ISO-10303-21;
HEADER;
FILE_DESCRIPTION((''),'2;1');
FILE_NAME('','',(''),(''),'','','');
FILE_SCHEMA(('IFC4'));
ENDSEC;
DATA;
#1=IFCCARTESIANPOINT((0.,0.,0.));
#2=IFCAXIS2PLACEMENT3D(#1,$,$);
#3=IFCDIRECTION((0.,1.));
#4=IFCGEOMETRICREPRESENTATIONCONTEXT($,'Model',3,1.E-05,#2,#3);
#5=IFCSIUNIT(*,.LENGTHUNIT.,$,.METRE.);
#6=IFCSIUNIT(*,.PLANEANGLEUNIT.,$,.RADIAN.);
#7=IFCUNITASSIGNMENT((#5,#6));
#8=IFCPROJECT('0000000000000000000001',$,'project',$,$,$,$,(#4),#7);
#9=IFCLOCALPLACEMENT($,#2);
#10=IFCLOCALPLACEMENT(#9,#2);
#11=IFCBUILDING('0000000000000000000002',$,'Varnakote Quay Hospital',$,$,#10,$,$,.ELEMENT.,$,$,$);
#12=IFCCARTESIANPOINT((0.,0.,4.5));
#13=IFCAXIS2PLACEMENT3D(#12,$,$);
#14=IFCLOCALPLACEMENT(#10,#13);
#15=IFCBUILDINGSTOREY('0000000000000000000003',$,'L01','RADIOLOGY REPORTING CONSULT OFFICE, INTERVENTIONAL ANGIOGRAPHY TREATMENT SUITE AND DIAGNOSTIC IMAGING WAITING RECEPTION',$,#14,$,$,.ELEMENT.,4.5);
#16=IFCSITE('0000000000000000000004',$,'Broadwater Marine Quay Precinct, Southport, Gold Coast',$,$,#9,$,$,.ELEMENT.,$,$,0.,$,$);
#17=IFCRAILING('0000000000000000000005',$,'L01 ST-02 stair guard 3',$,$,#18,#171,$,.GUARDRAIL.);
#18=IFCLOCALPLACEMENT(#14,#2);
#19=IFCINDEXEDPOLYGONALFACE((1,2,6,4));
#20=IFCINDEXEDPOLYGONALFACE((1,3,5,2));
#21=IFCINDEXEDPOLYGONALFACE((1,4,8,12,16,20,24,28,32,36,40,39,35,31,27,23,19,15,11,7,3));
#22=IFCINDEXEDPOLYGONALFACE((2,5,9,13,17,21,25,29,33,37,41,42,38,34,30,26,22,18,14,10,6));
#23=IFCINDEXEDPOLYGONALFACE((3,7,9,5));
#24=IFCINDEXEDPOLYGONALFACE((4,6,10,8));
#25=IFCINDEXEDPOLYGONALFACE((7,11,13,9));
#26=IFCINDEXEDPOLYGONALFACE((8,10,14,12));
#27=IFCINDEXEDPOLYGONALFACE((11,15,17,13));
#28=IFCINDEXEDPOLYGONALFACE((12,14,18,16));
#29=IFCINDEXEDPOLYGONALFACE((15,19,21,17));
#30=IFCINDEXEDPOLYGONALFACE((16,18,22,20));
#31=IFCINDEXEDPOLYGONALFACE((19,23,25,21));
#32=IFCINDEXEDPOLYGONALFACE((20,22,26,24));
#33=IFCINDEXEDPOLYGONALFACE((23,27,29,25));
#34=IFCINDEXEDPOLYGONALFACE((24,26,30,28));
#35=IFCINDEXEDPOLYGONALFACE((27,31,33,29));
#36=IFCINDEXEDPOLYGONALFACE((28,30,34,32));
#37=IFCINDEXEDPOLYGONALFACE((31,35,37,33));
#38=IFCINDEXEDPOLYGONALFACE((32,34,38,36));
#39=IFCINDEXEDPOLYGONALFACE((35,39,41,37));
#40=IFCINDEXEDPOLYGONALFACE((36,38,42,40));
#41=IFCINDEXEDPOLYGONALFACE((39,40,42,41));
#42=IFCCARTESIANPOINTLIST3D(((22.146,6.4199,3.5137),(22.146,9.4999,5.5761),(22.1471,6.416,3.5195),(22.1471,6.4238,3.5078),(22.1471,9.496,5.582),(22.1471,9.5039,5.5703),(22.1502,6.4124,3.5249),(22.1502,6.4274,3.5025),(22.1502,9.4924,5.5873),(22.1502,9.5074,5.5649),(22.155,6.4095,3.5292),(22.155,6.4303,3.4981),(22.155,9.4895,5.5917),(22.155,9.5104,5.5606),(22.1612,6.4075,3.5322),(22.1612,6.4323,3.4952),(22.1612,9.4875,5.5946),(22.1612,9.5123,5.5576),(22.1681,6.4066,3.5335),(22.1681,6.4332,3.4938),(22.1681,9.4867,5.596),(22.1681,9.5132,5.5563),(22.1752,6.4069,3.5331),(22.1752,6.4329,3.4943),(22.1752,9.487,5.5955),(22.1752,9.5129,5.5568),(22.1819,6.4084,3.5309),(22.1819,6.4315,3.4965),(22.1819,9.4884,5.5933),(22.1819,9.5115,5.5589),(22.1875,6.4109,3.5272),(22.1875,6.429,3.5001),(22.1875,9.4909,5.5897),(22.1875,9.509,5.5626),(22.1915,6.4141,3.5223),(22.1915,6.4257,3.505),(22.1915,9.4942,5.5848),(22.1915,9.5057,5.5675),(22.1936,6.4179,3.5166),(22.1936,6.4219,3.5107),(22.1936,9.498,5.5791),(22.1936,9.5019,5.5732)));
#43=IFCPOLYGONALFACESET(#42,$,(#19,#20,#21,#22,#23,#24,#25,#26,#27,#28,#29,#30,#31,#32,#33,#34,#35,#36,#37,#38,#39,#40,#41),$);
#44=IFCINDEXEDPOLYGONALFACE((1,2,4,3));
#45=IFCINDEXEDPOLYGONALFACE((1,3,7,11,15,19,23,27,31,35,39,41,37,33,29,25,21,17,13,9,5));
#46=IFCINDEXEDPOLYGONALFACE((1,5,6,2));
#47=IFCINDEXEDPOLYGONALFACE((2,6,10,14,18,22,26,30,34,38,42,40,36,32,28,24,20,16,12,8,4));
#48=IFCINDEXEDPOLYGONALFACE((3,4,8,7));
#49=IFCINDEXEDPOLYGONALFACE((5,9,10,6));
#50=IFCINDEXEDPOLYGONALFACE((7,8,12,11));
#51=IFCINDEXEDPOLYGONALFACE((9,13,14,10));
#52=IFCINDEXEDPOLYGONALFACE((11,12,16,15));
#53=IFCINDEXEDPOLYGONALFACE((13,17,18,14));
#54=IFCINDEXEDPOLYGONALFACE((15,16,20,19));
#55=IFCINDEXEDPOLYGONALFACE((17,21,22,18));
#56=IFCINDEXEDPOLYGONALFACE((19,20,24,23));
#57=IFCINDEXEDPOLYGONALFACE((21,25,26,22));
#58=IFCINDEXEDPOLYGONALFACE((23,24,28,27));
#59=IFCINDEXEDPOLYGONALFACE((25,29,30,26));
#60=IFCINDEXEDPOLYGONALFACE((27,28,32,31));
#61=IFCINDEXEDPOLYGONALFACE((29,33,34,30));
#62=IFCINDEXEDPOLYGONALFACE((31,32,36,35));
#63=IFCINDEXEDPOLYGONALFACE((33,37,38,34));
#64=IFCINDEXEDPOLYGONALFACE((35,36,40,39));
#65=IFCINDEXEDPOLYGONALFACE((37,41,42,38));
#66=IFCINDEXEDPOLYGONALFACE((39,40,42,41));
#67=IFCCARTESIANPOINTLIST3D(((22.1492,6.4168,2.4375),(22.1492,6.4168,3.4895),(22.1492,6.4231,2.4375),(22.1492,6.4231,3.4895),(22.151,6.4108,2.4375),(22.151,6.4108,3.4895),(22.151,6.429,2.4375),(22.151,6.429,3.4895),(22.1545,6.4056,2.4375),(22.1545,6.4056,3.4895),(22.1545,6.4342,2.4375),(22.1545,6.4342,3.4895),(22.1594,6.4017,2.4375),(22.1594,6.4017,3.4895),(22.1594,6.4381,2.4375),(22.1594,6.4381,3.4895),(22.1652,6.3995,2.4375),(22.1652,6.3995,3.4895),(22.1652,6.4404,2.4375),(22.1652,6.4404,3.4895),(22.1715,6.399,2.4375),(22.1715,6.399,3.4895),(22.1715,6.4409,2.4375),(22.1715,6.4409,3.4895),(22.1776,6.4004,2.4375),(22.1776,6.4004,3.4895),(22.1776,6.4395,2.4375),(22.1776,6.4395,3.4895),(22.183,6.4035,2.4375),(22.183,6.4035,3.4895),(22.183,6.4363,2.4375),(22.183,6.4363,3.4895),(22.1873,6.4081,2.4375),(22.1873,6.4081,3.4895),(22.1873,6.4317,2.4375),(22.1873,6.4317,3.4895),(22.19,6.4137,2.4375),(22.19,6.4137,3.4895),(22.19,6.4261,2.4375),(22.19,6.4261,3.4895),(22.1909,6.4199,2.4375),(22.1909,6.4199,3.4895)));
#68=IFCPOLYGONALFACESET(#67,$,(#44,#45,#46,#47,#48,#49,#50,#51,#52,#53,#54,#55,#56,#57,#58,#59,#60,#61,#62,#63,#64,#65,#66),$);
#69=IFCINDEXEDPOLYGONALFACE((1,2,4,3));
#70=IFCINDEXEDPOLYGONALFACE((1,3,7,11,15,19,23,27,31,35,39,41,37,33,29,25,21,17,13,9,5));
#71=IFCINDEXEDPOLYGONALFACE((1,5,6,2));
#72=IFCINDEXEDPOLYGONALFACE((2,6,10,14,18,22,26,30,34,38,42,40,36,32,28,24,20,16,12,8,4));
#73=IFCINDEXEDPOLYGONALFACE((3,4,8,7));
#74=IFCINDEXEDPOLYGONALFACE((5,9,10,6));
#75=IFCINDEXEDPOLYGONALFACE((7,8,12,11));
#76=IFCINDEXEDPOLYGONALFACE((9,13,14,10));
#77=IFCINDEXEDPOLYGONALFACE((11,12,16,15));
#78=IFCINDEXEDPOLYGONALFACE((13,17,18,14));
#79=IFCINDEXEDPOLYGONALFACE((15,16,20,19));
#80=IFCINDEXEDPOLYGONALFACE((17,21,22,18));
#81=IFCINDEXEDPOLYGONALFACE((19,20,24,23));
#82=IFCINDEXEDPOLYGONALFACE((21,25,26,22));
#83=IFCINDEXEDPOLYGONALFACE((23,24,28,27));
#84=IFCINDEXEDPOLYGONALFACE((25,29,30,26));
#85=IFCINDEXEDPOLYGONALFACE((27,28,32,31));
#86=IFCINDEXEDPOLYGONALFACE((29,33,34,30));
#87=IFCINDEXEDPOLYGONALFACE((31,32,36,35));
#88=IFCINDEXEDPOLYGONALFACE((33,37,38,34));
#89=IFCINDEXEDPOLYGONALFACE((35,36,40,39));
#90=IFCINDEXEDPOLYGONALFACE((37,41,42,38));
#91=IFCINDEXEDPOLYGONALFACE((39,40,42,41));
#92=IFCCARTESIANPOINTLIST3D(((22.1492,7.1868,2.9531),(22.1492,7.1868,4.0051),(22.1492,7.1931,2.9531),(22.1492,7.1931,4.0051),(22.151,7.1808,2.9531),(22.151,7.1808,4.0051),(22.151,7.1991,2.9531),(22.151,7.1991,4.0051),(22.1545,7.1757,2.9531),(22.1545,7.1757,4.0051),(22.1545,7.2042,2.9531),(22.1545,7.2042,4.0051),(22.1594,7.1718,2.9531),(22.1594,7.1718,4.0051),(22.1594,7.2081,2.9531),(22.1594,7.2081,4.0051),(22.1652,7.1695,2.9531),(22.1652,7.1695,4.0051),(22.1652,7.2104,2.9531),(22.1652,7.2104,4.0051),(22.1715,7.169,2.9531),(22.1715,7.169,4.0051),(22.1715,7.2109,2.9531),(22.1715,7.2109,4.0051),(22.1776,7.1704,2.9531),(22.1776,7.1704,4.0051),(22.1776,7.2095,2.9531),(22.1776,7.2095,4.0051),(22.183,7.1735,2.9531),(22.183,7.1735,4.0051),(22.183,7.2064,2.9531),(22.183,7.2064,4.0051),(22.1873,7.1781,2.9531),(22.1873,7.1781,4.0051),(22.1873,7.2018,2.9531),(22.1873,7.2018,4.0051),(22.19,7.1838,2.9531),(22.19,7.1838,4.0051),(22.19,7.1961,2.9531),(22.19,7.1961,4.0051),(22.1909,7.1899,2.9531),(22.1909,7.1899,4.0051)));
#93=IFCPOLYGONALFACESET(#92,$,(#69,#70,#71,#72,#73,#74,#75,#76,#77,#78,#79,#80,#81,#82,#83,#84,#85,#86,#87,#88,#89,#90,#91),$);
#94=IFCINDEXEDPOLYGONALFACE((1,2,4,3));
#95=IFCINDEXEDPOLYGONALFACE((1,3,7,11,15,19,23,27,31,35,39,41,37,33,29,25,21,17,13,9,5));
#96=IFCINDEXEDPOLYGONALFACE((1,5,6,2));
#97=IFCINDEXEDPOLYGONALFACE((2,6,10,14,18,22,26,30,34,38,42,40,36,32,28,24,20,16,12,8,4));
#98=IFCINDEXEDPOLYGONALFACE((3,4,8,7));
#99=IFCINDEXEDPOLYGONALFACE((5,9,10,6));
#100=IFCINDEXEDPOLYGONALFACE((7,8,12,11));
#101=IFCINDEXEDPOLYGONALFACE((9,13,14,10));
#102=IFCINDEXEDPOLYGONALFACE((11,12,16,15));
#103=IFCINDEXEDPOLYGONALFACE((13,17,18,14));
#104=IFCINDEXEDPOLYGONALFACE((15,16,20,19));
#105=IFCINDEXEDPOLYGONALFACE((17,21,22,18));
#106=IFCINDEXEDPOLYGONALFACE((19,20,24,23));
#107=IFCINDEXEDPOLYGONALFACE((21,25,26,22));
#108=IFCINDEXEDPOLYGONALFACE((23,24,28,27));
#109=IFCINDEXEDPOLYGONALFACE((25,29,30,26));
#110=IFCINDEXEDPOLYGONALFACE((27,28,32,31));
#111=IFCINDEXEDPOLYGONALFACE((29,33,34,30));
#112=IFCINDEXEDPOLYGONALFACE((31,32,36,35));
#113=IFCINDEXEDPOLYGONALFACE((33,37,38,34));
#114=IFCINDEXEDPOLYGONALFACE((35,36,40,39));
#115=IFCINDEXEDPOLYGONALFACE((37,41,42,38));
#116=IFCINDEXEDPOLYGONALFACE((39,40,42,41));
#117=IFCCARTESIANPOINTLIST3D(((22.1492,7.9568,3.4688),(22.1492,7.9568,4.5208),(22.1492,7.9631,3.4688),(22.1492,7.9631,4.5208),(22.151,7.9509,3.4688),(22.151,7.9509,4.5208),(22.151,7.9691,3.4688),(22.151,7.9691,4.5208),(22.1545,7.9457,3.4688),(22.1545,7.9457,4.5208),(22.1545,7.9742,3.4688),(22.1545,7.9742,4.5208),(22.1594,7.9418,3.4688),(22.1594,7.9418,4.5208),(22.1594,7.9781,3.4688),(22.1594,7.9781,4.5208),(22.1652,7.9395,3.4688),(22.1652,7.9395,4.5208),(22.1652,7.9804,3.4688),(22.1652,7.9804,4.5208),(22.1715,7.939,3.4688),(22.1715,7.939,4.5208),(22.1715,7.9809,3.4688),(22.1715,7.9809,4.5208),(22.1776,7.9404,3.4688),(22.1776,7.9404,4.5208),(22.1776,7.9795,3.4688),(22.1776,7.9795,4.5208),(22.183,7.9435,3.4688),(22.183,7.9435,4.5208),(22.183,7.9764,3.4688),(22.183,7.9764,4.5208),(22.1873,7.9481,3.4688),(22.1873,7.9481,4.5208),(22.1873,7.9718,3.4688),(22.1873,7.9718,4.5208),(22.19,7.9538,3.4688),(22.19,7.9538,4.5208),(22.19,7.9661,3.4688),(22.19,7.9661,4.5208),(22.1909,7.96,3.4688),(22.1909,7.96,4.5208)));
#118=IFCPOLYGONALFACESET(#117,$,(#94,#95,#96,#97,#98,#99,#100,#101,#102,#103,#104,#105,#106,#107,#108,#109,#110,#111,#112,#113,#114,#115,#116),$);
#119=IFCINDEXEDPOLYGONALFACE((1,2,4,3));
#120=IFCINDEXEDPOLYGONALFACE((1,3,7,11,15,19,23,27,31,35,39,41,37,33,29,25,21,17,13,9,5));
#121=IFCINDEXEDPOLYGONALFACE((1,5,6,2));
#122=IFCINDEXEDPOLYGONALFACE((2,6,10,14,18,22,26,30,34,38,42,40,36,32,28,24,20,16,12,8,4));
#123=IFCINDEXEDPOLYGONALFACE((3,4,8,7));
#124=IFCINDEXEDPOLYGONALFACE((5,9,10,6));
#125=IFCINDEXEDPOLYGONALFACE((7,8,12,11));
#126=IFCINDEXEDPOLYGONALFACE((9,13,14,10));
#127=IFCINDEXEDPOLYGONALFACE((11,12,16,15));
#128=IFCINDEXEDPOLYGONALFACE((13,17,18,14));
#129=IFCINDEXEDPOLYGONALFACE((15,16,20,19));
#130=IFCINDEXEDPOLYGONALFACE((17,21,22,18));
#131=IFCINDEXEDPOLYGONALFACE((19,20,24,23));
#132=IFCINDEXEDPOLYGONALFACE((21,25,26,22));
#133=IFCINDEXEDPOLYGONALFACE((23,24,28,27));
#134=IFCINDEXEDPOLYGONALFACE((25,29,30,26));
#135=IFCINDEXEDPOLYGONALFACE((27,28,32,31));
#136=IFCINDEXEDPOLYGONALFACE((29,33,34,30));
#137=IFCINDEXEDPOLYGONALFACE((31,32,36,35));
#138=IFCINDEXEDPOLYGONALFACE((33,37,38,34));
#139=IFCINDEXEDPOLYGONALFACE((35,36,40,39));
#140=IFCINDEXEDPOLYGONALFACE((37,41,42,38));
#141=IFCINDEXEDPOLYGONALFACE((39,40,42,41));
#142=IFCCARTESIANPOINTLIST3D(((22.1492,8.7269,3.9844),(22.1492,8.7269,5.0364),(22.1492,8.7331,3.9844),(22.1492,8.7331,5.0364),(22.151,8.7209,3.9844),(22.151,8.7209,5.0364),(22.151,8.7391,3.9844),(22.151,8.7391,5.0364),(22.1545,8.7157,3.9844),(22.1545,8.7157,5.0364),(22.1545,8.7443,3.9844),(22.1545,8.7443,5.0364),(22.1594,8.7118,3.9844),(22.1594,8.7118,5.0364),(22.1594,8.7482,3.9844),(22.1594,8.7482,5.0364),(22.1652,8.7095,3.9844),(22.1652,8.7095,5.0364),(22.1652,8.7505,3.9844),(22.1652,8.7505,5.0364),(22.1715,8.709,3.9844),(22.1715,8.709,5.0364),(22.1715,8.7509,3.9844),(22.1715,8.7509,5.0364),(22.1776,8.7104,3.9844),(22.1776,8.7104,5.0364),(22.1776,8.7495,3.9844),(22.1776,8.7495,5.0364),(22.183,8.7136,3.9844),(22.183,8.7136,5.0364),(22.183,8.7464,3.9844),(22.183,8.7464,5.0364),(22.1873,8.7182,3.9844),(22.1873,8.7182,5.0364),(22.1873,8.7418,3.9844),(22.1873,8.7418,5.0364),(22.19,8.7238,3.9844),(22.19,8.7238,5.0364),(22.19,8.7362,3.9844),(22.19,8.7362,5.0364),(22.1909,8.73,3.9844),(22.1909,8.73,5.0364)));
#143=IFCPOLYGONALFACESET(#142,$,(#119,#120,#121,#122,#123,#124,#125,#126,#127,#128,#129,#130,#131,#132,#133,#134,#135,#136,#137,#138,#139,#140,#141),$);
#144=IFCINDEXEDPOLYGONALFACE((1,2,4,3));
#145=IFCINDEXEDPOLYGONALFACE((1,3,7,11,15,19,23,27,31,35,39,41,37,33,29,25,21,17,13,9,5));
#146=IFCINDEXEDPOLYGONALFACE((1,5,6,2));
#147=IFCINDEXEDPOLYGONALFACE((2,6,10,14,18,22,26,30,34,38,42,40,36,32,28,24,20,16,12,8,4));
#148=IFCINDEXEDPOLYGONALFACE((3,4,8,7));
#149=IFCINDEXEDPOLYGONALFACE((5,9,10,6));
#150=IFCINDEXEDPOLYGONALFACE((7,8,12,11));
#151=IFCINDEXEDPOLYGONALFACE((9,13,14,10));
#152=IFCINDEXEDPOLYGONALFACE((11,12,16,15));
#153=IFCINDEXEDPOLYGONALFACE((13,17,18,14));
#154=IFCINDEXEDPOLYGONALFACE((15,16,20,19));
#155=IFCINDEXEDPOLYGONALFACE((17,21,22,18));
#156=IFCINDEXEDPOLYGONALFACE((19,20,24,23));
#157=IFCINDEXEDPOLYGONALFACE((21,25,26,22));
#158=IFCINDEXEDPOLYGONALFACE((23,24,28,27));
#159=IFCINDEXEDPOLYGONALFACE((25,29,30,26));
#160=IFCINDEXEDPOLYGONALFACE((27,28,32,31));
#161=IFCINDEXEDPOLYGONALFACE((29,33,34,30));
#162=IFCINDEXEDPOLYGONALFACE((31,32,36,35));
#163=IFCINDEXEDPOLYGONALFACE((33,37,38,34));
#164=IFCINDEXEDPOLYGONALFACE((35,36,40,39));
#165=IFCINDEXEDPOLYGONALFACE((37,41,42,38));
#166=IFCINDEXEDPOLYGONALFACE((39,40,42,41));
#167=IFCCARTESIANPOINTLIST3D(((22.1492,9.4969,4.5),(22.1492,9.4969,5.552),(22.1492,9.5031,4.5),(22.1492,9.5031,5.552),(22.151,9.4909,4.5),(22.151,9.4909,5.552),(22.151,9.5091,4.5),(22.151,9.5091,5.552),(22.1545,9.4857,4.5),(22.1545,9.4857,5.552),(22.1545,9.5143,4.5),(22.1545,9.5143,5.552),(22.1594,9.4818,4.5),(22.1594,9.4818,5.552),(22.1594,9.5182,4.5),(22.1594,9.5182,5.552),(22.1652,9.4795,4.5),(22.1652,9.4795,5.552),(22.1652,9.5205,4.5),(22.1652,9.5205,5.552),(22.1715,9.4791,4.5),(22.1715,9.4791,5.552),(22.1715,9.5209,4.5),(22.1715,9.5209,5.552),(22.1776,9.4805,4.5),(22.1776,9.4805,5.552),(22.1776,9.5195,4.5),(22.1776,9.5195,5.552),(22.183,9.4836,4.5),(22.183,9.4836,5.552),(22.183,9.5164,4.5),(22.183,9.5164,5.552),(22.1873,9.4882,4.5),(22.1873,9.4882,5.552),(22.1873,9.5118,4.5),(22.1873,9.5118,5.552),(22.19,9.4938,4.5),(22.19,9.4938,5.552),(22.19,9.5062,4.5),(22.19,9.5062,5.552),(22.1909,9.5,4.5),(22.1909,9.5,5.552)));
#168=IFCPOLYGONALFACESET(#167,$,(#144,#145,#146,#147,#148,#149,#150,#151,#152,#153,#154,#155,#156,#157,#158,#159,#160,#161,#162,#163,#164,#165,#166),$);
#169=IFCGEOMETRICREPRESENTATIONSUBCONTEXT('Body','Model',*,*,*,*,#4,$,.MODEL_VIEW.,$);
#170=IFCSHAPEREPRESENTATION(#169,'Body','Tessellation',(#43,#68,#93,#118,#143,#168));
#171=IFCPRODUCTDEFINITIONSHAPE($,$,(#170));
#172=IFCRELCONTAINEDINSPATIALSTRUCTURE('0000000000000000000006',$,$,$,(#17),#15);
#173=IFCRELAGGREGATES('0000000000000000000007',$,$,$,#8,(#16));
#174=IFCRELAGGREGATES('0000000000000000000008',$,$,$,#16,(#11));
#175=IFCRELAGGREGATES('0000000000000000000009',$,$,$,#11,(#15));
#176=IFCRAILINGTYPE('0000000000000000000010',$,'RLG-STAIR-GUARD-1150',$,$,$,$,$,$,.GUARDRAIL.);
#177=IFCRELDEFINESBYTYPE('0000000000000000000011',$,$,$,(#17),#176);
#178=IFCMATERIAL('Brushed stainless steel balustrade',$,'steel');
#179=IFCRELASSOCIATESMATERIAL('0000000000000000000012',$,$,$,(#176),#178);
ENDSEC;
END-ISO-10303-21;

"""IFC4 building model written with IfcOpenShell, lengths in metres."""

from ifc_helpers import new_model, si_unit, direction, frame, origin, origin_2d, place, context, subcontext, project, spatial, circle, extrude, material, type_object, element, save


model = new_model("IFC4")

# Units and contexts
model_context = context("Model", 3, precision=1e-05, world=origin(), true_north=direction((0.0, 1.0)))
body_context = subcontext(model_context, "Body", "Model", "MODEL_VIEW")
ifc_project = project(units=[si_unit("LENGTHUNIT", "METRE"), si_unit("PLANEANGLEUNIT", "RADIAN")], contexts=[model_context])

# Site, building, storey
site_placement = place(None, origin())
site = spatial("IfcSite", under=ifc_project, at=site_placement, Name="Broadwater Marine Quay Precinct, Southport, Gold Coast", CompositionType="ELEMENT", RefElevation=0.0)
building_placement = place(site_placement, origin())
building = spatial("IfcBuilding", under=site, at=building_placement, Name="Varnakote Quay Hospital", CompositionType="ELEMENT")
storey_placement = place(building_placement, frame((0.0, 0.0, 4.5)))
storey = spatial("IfcBuildingStorey", under=building, at=storey_placement, Name="L01", Description="RADIOLOGY REPORTING CONSULT OFFICE, INTERVENTIONAL ANGIOGRAPHY TREATMENT SUITE AND DIAGNOSTIC IMAGING WAITING RECEPTION", CompositionType="ELEMENT", Elevation=4.5)

# Railing
ifc_material_1 = material(Name="Brushed stainless steel balustrade", Category="steel")
railing_type_1 = type_object("IfcRailingType", Name="RLG-STAIR-GUARD-1150", PredefinedType="GUARDRAIL", material=ifc_material_1)
railing_1_placement = place(storey_placement, frame((22.1699, 6.4199, 2.4375)))
element("IfcRailing", 1, at=railing_1_placement, inside=storey, type_object=railing_type_1, Name="L01 ST-02 stair guard 3", PredefinedType="GUARDRAIL", context=body_context, shape_type="SweptSolid", body=[
    extrude(circle(Radius=0.0239, at=origin_2d()), frame((0.0, 0.0, 1.0762), z_axis=(0.0, 0.830914, 0.556401), x_axis=(-1.0, 0.0, 0.0)), (0.0, 0.0, 1.0), 3.7068),
    extrude(circle(Radius=0.021, at=origin_2d()), origin(), (0.0, 0.0, 1.0), 1.052),
    extrude(circle(Radius=0.021, at=origin_2d()), frame((0.0, 0.77, 0.5156)), (0.0, 0.0, 1.0), 1.052),
    extrude(circle(Radius=0.021, at=origin_2d()), frame((0.0, 1.54, 1.0312)), (0.0, 0.0, 1.0), 1.052),
    extrude(circle(Radius=0.021, at=origin_2d()), frame((0.0, 2.3101, 1.5469)), (0.0, 0.0, 1.0), 1.052),
    extrude(circle(Radius=0.021, at=origin_2d()), frame((0.0, 3.0801, 2.0625)), (0.0, 0.0, 1.0), 1.052),
])

save(model, "model.ifc")
